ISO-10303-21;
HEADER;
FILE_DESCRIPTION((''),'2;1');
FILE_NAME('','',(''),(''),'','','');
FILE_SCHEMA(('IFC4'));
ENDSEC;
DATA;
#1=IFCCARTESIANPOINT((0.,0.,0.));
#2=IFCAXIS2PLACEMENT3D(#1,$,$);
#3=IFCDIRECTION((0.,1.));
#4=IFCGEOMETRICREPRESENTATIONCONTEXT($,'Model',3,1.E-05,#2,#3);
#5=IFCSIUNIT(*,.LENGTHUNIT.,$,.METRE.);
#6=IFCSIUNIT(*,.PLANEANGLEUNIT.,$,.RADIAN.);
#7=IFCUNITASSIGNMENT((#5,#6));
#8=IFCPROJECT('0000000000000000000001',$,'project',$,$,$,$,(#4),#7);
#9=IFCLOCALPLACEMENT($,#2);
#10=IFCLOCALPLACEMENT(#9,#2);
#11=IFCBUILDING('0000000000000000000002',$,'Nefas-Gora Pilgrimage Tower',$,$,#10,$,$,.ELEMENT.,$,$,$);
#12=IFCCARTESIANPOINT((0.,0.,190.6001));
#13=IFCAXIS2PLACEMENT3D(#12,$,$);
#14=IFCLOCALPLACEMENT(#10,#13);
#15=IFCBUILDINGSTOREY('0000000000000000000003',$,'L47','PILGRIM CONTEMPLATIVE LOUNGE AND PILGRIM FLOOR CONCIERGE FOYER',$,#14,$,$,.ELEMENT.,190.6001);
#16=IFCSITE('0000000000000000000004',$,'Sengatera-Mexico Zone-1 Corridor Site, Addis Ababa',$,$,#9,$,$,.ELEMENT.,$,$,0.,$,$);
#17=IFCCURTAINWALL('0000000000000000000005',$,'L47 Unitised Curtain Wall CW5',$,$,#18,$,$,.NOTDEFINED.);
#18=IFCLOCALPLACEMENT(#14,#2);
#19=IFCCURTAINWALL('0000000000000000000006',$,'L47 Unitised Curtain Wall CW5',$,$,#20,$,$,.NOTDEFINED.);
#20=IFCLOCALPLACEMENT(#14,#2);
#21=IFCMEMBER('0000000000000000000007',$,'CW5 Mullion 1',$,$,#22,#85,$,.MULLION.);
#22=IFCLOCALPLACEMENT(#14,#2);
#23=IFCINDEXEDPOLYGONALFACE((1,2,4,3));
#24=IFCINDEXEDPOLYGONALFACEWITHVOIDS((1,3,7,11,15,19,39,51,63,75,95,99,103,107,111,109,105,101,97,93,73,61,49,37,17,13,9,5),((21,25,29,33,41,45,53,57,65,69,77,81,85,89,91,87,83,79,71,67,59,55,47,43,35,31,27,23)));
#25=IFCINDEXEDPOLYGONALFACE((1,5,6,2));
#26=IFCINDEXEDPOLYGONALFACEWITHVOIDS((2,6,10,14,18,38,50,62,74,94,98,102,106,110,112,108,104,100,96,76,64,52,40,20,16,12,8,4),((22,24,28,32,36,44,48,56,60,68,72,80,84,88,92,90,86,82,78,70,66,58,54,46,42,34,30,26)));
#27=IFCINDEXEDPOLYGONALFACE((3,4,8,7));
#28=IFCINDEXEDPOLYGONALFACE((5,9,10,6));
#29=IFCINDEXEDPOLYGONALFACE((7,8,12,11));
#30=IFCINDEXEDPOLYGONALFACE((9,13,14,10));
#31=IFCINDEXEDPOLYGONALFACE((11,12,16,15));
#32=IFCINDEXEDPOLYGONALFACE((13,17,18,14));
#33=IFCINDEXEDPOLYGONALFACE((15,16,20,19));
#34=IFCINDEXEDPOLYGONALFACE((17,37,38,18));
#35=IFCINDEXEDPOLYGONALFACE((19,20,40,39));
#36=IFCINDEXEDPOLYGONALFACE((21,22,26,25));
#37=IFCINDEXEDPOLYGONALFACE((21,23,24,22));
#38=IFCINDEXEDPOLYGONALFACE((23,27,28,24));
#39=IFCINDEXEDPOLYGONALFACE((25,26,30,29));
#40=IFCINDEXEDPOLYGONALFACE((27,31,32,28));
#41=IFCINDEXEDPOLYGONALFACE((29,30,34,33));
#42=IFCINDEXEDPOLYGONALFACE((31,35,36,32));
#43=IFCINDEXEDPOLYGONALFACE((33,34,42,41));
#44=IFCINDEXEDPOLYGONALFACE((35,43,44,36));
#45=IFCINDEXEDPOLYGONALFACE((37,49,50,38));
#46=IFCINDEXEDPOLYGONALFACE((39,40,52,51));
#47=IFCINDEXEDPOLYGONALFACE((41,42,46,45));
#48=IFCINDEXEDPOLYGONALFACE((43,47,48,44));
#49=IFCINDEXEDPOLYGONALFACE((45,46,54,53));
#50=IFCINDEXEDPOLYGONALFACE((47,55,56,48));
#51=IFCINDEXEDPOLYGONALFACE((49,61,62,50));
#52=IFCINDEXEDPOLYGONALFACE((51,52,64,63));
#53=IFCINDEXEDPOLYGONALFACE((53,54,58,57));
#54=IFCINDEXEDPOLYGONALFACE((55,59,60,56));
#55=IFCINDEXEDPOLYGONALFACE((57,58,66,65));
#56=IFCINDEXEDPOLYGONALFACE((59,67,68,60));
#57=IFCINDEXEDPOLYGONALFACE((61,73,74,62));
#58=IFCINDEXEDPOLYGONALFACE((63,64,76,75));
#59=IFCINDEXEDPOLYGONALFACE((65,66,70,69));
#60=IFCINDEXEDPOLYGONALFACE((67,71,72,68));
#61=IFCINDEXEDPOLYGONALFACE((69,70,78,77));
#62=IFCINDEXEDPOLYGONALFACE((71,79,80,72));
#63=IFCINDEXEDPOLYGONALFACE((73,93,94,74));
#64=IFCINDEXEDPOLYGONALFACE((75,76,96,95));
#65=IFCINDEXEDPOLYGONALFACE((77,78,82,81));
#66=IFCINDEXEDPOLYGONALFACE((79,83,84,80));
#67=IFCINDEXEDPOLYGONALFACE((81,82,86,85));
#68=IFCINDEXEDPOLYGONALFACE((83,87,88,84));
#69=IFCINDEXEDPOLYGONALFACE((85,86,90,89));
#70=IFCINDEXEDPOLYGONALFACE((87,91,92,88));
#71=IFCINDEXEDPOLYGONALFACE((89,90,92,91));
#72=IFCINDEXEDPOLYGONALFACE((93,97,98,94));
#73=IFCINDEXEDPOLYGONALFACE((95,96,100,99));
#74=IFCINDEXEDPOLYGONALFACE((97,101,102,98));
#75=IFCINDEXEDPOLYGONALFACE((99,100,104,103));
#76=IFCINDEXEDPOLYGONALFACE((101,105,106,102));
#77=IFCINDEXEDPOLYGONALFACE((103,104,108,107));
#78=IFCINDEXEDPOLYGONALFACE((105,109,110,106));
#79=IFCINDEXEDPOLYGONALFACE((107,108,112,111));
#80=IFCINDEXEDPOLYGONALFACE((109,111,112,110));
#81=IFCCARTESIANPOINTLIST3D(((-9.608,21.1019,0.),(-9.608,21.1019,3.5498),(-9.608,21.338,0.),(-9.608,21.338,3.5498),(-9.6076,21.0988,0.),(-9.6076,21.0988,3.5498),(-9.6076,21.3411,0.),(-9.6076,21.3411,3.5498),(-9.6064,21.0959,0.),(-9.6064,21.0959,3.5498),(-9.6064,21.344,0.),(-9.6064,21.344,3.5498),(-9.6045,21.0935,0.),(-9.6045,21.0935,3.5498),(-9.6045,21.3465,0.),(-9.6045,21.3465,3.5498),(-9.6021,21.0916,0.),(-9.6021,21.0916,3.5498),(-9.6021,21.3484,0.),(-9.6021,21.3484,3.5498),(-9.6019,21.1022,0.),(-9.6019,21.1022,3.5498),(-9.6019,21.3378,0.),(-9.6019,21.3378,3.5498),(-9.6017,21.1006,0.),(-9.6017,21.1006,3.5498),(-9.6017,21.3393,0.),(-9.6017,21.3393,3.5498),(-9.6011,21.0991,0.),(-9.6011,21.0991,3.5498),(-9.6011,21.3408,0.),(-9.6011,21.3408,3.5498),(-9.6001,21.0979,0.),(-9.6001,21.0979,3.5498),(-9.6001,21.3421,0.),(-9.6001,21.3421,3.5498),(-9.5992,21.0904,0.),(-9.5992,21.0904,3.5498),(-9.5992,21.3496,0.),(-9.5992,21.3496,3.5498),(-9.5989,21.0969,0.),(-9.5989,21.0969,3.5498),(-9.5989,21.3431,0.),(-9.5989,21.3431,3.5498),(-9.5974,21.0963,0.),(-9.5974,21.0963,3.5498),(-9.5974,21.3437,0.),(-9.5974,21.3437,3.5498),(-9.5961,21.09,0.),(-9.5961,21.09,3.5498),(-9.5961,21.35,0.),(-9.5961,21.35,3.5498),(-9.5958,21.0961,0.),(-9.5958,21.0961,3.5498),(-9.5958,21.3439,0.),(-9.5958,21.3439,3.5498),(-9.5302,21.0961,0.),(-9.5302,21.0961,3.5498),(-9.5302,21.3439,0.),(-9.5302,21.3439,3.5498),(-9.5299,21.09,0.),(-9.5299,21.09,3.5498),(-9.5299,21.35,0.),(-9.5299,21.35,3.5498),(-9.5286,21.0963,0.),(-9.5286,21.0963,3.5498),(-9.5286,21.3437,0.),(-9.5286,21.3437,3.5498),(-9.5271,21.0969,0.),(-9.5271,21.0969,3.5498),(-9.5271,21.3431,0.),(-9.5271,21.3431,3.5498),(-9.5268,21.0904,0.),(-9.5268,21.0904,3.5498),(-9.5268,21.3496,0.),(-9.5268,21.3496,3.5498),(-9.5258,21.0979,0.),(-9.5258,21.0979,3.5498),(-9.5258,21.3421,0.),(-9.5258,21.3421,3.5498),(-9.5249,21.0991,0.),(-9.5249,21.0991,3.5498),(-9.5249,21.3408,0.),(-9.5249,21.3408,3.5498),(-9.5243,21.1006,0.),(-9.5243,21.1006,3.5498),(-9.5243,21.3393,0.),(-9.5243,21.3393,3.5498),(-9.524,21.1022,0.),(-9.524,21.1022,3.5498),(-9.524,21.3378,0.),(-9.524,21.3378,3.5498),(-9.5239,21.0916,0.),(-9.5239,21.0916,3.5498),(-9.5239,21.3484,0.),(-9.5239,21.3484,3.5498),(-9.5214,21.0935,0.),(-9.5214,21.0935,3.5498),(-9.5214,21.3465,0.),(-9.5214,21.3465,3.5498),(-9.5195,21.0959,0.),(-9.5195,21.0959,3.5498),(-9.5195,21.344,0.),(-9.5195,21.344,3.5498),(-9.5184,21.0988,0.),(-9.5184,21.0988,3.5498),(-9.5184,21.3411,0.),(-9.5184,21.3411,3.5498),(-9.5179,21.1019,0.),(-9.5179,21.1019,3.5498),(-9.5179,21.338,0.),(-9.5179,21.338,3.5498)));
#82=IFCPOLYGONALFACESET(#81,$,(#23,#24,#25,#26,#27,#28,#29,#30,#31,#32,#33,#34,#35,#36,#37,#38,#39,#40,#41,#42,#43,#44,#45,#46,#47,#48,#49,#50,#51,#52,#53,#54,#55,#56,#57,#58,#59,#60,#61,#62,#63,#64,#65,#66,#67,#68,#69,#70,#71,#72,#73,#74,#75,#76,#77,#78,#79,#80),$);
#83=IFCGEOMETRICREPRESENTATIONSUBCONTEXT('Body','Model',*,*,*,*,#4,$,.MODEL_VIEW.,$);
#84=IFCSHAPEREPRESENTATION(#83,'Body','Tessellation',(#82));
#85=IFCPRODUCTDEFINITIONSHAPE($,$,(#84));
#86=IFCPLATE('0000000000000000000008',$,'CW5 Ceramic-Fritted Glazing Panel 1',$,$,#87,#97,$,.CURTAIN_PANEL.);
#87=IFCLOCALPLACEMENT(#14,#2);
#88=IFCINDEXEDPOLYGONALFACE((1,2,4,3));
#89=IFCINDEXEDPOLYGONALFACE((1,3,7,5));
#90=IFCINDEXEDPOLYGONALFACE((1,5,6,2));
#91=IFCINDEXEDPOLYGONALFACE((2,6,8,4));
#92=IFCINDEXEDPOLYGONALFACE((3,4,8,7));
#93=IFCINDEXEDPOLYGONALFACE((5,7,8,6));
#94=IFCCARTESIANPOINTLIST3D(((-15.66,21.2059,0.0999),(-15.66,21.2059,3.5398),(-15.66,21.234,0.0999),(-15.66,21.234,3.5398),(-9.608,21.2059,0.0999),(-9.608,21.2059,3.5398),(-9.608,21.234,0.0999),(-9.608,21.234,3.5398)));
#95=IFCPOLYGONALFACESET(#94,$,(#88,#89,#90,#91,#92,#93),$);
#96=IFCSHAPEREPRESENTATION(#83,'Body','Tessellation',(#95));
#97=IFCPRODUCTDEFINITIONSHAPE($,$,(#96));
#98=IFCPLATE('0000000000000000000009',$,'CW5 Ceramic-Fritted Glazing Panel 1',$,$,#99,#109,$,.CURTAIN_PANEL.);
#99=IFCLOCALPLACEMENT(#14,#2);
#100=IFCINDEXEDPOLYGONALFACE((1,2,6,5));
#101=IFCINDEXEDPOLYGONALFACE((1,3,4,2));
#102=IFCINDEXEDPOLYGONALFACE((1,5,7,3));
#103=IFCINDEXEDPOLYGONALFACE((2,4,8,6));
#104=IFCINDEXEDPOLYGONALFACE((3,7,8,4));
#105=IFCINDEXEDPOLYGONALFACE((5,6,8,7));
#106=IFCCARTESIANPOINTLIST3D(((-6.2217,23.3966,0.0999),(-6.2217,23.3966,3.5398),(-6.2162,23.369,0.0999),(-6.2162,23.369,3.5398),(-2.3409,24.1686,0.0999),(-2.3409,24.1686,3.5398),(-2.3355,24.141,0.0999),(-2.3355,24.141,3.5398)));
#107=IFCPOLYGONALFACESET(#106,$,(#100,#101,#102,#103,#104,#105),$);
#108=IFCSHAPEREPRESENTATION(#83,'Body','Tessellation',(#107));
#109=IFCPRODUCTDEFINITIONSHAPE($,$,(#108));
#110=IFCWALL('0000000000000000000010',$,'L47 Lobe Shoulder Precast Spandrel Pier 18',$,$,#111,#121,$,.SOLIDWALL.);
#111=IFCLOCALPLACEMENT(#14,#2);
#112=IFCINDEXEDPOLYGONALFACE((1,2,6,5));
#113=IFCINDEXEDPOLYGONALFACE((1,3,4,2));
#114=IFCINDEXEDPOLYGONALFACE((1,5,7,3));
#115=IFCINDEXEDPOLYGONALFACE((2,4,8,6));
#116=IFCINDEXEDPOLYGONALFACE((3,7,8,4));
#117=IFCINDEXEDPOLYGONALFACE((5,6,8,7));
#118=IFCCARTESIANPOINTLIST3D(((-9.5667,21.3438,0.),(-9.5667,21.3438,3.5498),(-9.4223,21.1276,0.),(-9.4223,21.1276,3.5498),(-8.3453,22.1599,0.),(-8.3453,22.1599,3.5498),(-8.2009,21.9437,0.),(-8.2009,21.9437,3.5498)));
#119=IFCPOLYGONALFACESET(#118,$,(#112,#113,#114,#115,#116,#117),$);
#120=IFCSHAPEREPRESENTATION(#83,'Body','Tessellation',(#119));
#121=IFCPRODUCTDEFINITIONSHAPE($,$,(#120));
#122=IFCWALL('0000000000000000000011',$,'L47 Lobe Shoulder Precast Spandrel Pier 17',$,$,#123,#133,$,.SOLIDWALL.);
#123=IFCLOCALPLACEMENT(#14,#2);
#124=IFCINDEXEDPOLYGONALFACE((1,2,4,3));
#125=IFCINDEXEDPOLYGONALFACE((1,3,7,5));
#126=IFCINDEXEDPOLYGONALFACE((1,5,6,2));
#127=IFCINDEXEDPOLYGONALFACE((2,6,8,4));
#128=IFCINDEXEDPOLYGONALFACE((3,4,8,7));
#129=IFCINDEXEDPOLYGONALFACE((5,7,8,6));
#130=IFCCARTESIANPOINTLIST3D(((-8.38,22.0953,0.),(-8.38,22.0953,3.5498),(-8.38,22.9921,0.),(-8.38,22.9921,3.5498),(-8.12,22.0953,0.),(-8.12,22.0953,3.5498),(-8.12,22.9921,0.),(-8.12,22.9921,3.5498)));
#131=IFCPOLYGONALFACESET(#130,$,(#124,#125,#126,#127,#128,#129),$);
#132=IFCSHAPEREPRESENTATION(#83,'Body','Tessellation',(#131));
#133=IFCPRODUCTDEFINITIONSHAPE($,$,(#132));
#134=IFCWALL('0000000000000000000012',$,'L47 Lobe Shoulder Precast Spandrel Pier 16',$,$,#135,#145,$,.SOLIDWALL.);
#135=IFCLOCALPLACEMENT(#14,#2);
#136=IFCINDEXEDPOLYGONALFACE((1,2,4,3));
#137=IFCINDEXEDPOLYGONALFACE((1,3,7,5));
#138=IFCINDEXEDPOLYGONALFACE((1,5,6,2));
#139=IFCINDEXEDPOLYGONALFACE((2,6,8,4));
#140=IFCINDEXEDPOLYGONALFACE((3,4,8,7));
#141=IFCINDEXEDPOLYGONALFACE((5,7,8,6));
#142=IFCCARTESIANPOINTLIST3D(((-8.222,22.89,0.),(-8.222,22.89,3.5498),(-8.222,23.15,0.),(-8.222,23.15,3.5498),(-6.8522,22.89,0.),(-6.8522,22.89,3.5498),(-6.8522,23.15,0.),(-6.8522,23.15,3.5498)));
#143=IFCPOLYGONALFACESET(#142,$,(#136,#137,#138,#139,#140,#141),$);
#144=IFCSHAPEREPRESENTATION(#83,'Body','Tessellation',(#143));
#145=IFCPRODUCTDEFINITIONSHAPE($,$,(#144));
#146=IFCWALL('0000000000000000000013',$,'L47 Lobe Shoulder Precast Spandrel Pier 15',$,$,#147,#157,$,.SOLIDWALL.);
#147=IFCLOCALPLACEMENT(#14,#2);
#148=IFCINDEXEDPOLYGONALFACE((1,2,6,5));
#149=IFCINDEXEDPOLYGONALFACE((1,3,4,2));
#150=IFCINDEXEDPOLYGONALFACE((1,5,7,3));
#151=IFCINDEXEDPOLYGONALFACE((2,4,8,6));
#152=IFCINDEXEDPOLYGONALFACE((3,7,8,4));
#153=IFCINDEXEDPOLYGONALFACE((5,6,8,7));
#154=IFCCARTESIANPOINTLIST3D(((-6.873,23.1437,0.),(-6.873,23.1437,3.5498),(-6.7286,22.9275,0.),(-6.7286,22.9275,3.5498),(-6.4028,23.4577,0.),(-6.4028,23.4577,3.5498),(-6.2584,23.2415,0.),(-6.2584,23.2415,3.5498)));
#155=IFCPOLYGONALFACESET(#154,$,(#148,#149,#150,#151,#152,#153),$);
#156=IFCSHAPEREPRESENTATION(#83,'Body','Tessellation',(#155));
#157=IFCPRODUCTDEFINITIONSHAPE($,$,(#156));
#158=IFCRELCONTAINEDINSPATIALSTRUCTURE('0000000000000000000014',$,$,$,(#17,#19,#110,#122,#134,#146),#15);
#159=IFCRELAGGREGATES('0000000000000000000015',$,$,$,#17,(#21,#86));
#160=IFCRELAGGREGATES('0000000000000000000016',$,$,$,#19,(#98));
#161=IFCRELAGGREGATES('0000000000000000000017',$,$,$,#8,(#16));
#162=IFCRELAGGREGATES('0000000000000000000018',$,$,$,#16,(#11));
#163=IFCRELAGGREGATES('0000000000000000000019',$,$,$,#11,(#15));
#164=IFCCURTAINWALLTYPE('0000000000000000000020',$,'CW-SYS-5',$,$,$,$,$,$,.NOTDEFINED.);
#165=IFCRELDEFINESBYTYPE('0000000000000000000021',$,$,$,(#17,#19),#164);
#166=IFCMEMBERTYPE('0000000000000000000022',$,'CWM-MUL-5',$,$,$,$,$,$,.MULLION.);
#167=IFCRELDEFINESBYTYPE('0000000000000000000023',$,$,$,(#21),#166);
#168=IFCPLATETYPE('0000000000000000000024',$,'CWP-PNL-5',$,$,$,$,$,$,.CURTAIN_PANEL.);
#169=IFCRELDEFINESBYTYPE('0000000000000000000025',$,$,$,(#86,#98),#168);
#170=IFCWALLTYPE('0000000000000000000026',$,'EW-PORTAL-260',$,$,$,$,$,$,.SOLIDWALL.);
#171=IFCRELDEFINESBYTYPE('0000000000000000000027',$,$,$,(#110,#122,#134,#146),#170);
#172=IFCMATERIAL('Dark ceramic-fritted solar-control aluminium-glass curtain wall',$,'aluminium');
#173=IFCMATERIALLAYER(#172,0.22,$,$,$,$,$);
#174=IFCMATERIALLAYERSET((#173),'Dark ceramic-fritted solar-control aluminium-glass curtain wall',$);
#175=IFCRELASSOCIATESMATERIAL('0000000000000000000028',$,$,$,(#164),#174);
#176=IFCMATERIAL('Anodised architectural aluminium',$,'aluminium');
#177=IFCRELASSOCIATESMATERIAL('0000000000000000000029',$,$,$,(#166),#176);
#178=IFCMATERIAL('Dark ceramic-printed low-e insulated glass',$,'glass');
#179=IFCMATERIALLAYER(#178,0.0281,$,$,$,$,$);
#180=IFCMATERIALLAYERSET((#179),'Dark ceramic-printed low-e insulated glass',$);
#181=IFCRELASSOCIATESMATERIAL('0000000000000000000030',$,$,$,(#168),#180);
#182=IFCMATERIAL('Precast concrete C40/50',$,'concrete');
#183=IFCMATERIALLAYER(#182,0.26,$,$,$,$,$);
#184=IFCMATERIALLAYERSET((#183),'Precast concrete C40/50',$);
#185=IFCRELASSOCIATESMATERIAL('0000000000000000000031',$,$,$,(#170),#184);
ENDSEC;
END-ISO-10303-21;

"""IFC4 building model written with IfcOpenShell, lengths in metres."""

from ifc_helpers import new_model, si_unit, direction, frame, frame_2d, origin, origin_2d, place, context, subcontext, project, spatial, rectangle, hollow_rectangle, extrude, source, transform, mapped, material, layer, layer_set, material_profile, profile_set, type_object, element, aggregate, save


model = new_model("IFC4")

# Units and contexts
model_context = context("Model", 3, precision=1e-05, world=origin(), true_north=direction((0.0, 1.0)))
body_context = subcontext(model_context, "Body", "Model", "MODEL_VIEW")
ifc_project = project(units=[si_unit("LENGTHUNIT", "METRE"), si_unit("PLANEANGLEUNIT", "RADIAN")], contexts=[model_context])

# Site, building, storey
site_placement = place(None, origin())
site = spatial("IfcSite", under=ifc_project, at=site_placement, Name="Sengatera-Mexico Zone-1 Corridor Site, Addis Ababa", CompositionType="ELEMENT", RefElevation=0.0)
building_placement = place(site_placement, origin())
building = spatial("IfcBuilding", under=site, at=building_placement, Name="Nefas-Gora Pilgrimage Tower", CompositionType="ELEMENT")
storey_placement = place(building_placement, frame((0.0, 0.0, 190.6001)))
storey = spatial("IfcBuildingStorey", under=building, at=storey_placement, Name="L47", Description="PILGRIM CONTEMPLATIVE LOUNGE AND PILGRIM FLOOR CONCIERGE FOYER", CompositionType="ELEMENT", Elevation=190.6001)

# Curtain wall
ifc_material_1 = material(Name="Dark ceramic-fritted solar-control aluminium-glass curtain wall", Category="aluminium")
ifc_layer_1 = layer(ifc_material_1, 0.22)
ifc_layer_set_1 = layer_set([ifc_layer_1], Name="Dark ceramic-fritted solar-control aluminium-glass curtain wall")
curtain_wall_type = type_object("IfcCurtainWallType", Name="CW-SYS-5", PredefinedType="NOTDEFINED", material=ifc_layer_set_1)
curtain_wall_1_placement = place(storey_placement, origin())
curtain_wall_1 = element("IfcCurtainWall", 1, at=curtain_wall_1_placement, inside=storey, type_object=curtain_wall_type, Name="L47 Unitised Curtain Wall CW5", PredefinedType="NOTDEFINED")
ifc_material_2 = material(Name="Anodised architectural aluminium", Category="aluminium")

# Curtain wall
curtain_wall_2_placement = place(storey_placement, origin())
curtain_wall_2 = element("IfcCurtainWall", 2, at=curtain_wall_2_placement, inside=storey, type_object=curtain_wall_type, Name="L47 Unitised Curtain Wall CW5", PredefinedType="NOTDEFINED")
ifc_material_profile_1 = material_profile(ifc_material_2, hollow_rectangle(XDim=0.0901, YDim=0.26, WallThickness=0.0061, InnerFilletRadius=0.0061, OuterFilletRadius=0.012, at=origin_2d()), Name="ALU MULLION 90x260")
ifc_profile_set_1 = profile_set([ifc_material_profile_1], Name="Anodised architectural aluminium")
member_type_1 = type_object("IfcMemberType", Name="CWM-MUL-5", PredefinedType="MULLION", material=ifc_profile_set_1)
shared_shape_1 = source(origin(), body_context, "Body", "SweptSolid", [
    extrude(hollow_rectangle(XDim=0.0901, YDim=0.26, WallThickness=0.0061, InnerFilletRadius=0.0061, OuterFilletRadius=0.012, at=origin_2d()), origin(), (0.0, 0.0, 1.0), 3.5498),
])

# Member
member_1_placement = place(storey_placement, frame((-9.563, 21.22, 0.0), z_axis=(0.0, 0.0, 1.0), x_axis=(-1.0, 0.0, 0.0)))
member_1 = element("IfcMember", 3, at=member_1_placement, type_object=member_type_1, Name="CW5 Mullion 1", PredefinedType="MULLION", context=body_context, shape_type="MappedRepresentation", body=[
    mapped(shared_shape_1, transform((0.0, 0.0, 0.0), x_axis=(1.0, 0.0, 0.0), y_axis=(0.0, 1.0, 0.0), z_axis=(0.0, 0.0, 1.0), scale=1.0)),
])

# Plates
ifc_material_3 = material(Name="Dark ceramic-printed low-e insulated glass", Category="glass")
ifc_layer_2 = layer(ifc_material_3, 0.0281)
ifc_layer_set_2 = layer_set([ifc_layer_2], Name="Dark ceramic-printed low-e insulated glass")
plate_type = type_object("IfcPlateType", Name="CWP-PNL-5", PredefinedType="CURTAIN_PANEL", material=ifc_layer_set_2)
shared_shape_2 = source(origin(), body_context, "Body", "SweptSolid", [
    extrude(rectangle(XDim=6.052, YDim=0.0281, at=origin_2d()), origin(), (0.0, 0.0, 1.0), 3.4399),
])
plate_1_placement = place(storey_placement, frame((-12.634, 21.22, 0.0999), z_axis=(0.0, 0.0, 1.0), x_axis=(-1.0, 0.0, 0.0)))
plate_1 = element("IfcPlate", 4, at=plate_1_placement, type_object=plate_type, Name="CW5 Ceramic-Fritted Glazing Panel 1", PredefinedType="CURTAIN_PANEL", context=body_context, shape_type="MappedRepresentation", body=[
    mapped(shared_shape_2, transform((0.0, 0.0, 0.0), x_axis=(1.0, 0.0, 0.0), y_axis=(0.0, 1.0, 0.0), z_axis=(0.0, 0.0, 1.0), scale=1.0)),
])
aggregate(curtain_wall_1, [member_1, plate_1])
shared_shape_3 = source(origin(), body_context, "Body", "SweptSolid", [
    extrude(rectangle(XDim=3.9568, YDim=0.0281, at=origin_2d()), origin(), (0.0, 0.0, 1.0), 3.4399),
])
plate_2_placement = place(storey_placement, frame((-4.2786, 23.7688, 0.0999), z_axis=(0.0, 0.0, 1.0), x_axis=(-0.980783, -0.195102, 0.0)))
plate_2 = element("IfcPlate", 5, at=plate_2_placement, type_object=plate_type, Name="CW5 Ceramic-Fritted Glazing Panel 1", PredefinedType="CURTAIN_PANEL", context=body_context, shape_type="MappedRepresentation", body=[
    mapped(shared_shape_3, transform((0.0, 0.0, 0.0), x_axis=(1.0, 0.0, 0.0), y_axis=(0.0, 1.0, 0.0), z_axis=(0.0, 0.0, 1.0), scale=1.0)),
])
aggregate(curtain_wall_2, [plate_2])

# Walls
ifc_material_4 = material(Name="Precast concrete C40/50", Category="concrete")
ifc_layer_3 = layer(ifc_material_4, 0.26)
ifc_layer_set_3 = layer_set([ifc_layer_3], Name="Precast concrete C40/50")
wall_type_1 = type_object("IfcWallType", Name="EW-PORTAL-260", PredefinedType="SOLIDWALL", material=ifc_layer_set_3)
shared_shape_4 = source(origin(), body_context, "Body", "SweptSolid", [
    extrude(rectangle(XDim=1.469, YDim=0.26, at=frame_2d((0.7344, 0.0))), origin(), (0.0, 0.0, 1.0), 3.5498),
])
wall_1_placement = place(storey_placement, frame((-8.2732, 22.0518, 0.0), z_axis=(0.0, 0.0, 1.0), x_axis=(-0.831462, -0.555582, 0.0)))
element("IfcWall", 6, at=wall_1_placement, inside=storey, type_object=wall_type_1, Name="L47 Lobe Shoulder Precast Spandrel Pier 18", PredefinedType="SOLIDWALL", context=body_context, shape_type="MappedRepresentation", body=[
    mapped(shared_shape_4, transform((0.0, 0.0, 0.0), x_axis=(1.0, 0.0, 0.0), y_axis=(0.0, 1.0, 0.0), z_axis=(0.0, 0.0, 1.0), scale=1.0)),
])
shared_shape_5 = source(origin(), body_context, "Body", "SweptSolid", [
    extrude(rectangle(XDim=0.8967, YDim=0.26, at=frame_2d((0.4482, 0.0))), origin(), (0.0, 0.0, 1.0), 3.5498),
])
wall_2_placement = place(storey_placement, frame((-8.25, 22.9919, 0.0), z_axis=(0.0, 0.0, 1.0), x_axis=(0.0, -1.0, 0.0)))
element("IfcWall", 7, at=wall_2_placement, inside=storey, type_object=wall_type_1, Name="L47 Lobe Shoulder Precast Spandrel Pier 17", PredefinedType="SOLIDWALL", context=body_context, shape_type="MappedRepresentation", body=[
    mapped(shared_shape_5, transform((0.0, 0.0, 0.0), x_axis=(1.0, 0.0, 0.0), y_axis=(0.0, 1.0, 0.0), z_axis=(0.0, 0.0, 1.0), scale=1.0)),
])
shared_shape_6 = source(origin(), body_context, "Body", "SweptSolid", [
    extrude(rectangle(XDim=1.3699, YDim=0.26, at=frame_2d((0.6851, 0.0))), origin(), (0.0, 0.0, 1.0), 3.5498),
])
wall_3_placement = place(storey_placement, frame((-6.8521, 23.02, 0.0), z_axis=(0.0, 0.0, 1.0), x_axis=(-1.0, 0.0, 0.0)))
element("IfcWall", 8, at=wall_3_placement, inside=storey, type_object=wall_type_1, Name="L47 Lobe Shoulder Precast Spandrel Pier 16", PredefinedType="SOLIDWALL", context=body_context, shape_type="MappedRepresentation", body=[
    mapped(shared_shape_6, transform((0.0, 0.0, 0.0), x_axis=(1.0, 0.0, 0.0), y_axis=(0.0, 1.0, 0.0), z_axis=(0.0, 0.0, 1.0), scale=1.0)),
])
shared_shape_7 = source(origin(), body_context, "Body", "SweptSolid", [
    extrude(rectangle(XDim=0.5654, YDim=0.26, at=frame_2d((0.2827, 0.0))), origin(), (0.0, 0.0, 1.0), 3.5498),
])
wall_4_placement = place(storey_placement, frame((-6.3306, 23.3496, 0.0), z_axis=(0.0, 0.0, 1.0), x_axis=(-0.831651, -0.555298, 0.0)))
element("IfcWall", 9, at=wall_4_placement, inside=storey, type_object=wall_type_1, Name="L47 Lobe Shoulder Precast Spandrel Pier 15", PredefinedType="SOLIDWALL", context=body_context, shape_type="MappedRepresentation", body=[
    mapped(shared_shape_7, transform((0.0, 0.0, 0.0), x_axis=(1.0, 0.0, 0.0), y_axis=(0.0, 1.0, 0.0), z_axis=(0.0, 0.0, 1.0), scale=1.0)),
])

save(model, "model.ifc")
